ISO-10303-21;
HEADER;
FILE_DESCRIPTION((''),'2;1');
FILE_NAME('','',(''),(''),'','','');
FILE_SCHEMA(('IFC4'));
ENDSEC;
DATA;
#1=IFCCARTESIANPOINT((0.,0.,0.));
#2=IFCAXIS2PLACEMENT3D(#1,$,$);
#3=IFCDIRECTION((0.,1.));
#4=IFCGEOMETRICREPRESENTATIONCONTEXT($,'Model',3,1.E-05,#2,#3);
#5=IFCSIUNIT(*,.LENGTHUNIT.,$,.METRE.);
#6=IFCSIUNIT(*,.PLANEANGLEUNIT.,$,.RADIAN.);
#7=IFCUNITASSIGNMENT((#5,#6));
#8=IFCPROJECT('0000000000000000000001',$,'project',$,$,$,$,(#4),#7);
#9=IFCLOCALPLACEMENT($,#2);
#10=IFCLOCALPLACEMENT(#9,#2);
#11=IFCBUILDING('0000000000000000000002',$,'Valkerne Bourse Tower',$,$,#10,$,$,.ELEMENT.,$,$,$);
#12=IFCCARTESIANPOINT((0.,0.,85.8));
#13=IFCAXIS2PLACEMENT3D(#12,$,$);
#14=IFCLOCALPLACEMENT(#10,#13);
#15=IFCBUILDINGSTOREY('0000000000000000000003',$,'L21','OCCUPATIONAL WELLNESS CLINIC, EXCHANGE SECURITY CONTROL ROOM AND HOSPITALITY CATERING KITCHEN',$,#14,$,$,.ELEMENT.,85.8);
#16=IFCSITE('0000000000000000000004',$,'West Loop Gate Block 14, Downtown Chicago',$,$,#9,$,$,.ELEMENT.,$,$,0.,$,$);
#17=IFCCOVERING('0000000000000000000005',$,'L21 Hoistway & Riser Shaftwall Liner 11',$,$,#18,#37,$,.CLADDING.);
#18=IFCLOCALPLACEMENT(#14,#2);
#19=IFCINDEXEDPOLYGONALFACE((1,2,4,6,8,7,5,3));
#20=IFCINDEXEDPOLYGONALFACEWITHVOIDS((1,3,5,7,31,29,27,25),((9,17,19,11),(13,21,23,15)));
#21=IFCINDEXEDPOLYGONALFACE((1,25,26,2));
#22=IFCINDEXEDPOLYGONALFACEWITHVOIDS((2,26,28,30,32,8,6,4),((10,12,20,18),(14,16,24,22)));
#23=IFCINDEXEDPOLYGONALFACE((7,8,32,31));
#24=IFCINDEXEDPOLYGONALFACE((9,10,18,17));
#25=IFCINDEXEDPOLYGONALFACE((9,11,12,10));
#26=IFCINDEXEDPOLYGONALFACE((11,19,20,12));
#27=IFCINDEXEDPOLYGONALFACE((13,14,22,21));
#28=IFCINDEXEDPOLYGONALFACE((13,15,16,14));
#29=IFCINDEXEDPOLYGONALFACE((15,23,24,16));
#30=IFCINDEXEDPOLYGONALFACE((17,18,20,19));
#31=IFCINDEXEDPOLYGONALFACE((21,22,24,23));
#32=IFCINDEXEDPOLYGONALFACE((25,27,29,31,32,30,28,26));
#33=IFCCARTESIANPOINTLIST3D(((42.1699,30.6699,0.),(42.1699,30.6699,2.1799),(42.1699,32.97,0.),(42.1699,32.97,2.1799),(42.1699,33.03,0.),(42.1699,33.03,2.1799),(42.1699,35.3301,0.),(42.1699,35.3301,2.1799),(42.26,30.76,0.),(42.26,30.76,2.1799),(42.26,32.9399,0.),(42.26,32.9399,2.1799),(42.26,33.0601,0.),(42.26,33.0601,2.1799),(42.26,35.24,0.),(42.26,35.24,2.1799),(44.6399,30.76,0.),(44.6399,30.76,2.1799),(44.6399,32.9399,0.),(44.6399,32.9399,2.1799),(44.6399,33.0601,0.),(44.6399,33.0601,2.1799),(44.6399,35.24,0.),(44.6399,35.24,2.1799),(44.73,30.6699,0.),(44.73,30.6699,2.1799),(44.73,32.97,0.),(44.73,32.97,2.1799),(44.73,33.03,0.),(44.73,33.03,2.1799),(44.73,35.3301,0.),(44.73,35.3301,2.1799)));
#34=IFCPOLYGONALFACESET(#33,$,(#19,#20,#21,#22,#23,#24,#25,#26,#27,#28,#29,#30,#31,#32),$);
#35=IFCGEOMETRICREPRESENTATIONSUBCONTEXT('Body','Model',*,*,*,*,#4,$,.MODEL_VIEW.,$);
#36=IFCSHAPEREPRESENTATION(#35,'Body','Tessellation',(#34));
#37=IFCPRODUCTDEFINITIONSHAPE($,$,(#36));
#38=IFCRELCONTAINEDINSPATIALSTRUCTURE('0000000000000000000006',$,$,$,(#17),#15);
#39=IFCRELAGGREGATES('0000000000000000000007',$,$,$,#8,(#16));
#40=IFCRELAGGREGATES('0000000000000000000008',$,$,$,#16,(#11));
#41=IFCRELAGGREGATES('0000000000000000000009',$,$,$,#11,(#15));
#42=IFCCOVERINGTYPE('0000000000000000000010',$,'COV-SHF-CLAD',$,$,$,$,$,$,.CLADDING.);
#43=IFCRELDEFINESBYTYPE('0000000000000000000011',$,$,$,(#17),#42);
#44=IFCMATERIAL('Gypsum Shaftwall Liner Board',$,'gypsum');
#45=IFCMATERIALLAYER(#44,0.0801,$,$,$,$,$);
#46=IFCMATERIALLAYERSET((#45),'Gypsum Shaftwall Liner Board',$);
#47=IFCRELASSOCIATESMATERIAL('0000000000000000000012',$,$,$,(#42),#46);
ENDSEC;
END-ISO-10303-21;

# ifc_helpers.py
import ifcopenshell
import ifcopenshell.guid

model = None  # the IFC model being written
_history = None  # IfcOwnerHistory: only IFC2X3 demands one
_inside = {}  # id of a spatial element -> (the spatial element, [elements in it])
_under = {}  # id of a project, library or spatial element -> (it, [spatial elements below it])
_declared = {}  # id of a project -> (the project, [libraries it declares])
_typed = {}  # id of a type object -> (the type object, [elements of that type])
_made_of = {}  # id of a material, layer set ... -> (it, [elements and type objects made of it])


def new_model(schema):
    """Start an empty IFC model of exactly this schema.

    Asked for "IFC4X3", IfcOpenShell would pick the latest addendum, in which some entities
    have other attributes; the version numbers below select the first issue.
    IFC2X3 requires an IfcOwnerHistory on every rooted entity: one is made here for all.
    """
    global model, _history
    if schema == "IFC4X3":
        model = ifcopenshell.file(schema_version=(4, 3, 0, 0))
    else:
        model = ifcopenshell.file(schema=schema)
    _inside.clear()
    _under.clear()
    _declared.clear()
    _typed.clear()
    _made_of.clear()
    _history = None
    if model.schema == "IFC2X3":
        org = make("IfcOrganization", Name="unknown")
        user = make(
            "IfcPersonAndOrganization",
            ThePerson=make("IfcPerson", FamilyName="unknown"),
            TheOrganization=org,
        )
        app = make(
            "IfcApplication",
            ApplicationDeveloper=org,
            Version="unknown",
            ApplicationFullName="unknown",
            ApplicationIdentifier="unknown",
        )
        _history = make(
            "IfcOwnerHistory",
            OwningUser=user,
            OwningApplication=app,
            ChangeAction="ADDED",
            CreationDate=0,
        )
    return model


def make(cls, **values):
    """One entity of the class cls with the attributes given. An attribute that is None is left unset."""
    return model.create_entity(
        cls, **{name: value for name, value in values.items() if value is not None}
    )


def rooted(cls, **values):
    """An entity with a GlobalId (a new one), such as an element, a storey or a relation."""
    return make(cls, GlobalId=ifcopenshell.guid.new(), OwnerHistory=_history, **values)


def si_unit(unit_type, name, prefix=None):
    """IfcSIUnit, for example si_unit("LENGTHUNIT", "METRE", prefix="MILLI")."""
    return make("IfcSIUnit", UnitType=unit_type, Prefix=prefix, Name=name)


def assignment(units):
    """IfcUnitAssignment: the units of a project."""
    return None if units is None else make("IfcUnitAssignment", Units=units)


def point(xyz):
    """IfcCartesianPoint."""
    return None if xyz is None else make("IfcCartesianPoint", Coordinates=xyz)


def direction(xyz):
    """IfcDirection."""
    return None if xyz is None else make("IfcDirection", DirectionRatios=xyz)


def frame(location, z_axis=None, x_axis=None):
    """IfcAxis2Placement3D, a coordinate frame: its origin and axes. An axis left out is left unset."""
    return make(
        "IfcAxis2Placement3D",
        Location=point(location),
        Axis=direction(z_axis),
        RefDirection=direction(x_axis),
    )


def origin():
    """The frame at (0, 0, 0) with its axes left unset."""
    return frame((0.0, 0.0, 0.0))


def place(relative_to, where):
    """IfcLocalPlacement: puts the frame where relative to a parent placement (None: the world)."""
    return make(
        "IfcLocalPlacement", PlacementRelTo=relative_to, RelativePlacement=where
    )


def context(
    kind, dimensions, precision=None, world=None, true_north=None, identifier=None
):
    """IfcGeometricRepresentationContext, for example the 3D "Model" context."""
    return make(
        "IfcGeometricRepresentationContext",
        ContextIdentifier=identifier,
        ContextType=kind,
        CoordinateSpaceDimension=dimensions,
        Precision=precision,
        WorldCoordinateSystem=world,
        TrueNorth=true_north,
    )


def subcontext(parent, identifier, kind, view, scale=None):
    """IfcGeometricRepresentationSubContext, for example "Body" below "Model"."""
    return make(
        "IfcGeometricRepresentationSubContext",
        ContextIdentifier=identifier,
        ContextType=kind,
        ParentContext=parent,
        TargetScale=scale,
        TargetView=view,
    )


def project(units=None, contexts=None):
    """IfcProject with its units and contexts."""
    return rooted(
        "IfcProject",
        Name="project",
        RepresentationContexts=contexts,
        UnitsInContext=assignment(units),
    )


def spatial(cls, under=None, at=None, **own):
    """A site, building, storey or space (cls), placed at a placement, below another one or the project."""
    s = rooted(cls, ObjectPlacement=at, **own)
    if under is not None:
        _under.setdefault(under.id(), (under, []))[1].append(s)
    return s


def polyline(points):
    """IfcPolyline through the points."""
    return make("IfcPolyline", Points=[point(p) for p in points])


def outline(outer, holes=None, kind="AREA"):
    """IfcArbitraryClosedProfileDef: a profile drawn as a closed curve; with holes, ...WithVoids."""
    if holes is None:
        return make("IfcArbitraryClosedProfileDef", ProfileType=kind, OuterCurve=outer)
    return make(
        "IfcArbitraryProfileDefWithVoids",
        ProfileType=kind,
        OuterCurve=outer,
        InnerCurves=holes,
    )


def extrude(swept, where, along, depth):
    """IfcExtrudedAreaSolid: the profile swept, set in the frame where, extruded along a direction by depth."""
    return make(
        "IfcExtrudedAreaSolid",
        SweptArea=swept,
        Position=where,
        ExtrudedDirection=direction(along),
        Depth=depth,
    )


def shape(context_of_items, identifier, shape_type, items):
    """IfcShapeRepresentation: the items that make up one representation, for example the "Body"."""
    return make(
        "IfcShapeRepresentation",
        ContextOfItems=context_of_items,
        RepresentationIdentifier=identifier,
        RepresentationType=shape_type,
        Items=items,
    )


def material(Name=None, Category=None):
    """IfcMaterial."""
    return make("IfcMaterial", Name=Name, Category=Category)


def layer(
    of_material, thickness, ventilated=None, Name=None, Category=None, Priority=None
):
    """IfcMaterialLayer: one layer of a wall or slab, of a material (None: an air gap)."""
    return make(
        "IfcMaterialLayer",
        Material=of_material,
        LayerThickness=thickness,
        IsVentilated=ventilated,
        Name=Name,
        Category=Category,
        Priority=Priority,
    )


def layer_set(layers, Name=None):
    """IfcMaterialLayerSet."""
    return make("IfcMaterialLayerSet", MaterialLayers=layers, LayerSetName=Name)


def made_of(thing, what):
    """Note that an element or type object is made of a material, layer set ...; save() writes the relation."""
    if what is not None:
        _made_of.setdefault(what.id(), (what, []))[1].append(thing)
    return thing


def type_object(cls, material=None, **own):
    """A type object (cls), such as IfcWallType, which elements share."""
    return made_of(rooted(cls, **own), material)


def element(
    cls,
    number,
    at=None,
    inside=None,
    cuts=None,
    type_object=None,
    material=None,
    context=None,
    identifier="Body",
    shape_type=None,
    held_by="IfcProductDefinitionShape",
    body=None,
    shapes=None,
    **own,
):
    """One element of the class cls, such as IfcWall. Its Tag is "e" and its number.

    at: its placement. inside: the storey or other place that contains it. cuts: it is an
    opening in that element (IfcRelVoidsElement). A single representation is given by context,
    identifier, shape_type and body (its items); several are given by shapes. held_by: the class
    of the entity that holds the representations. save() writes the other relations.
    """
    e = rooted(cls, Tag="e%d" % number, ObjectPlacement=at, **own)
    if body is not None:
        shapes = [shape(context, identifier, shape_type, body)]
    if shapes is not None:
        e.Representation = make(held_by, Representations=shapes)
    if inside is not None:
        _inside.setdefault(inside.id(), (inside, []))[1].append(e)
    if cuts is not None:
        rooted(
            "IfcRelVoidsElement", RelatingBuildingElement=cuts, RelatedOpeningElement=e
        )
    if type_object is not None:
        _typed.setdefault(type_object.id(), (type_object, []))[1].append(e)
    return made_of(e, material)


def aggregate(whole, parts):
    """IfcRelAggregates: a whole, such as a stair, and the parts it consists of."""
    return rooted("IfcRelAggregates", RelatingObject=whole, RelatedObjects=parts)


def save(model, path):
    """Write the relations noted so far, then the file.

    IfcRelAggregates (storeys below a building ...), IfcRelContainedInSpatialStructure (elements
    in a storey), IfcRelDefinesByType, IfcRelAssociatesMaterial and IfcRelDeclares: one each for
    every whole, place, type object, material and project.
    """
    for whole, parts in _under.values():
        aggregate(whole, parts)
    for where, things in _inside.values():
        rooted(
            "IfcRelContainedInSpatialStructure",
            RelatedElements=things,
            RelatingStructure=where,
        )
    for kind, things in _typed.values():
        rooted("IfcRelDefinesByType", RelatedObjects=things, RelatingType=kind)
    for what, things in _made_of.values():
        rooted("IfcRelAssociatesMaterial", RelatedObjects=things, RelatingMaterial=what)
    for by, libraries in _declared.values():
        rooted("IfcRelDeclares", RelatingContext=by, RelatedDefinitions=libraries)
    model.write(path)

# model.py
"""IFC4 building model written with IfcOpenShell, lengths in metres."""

from ifc_helpers import new_model, si_unit, direction, frame, origin, place, context, subcontext, project, spatial, polyline, outline, extrude, material, layer, layer_set, type_object, element, save


model = new_model("IFC4")

# Units and contexts
model_context = context("Model", 3, precision=1e-05, world=origin(), true_north=direction((0.0, 1.0)))
body_context = subcontext(model_context, "Body", "Model", "MODEL_VIEW")
ifc_project = project(units=[si_unit("LENGTHUNIT", "METRE"), si_unit("PLANEANGLEUNIT", "RADIAN")], contexts=[model_context])

# Site, building, storey
site_placement = place(None, origin())
site = spatial("IfcSite", under=ifc_project, at=site_placement, Name="West Loop Gate Block 14, Downtown Chicago", CompositionType="ELEMENT", RefElevation=0.0)
building_placement = place(site_placement, origin())
building = spatial("IfcBuilding", under=site, at=building_placement, Name="Valkerne Bourse Tower", CompositionType="ELEMENT")
storey_placement = place(building_placement, frame((0.0, 0.0, 85.8)))
storey = spatial("IfcBuildingStorey", under=building, at=storey_placement, Name="L21", Description="OCCUPATIONAL WELLNESS CLINIC, EXCHANGE SECURITY CONTROL ROOM AND HOSPITALITY CATERING KITCHEN", CompositionType="ELEMENT", Elevation=85.8)

# Covering
ifc_material_1 = material(Name="Gypsum Shaftwall Liner Board", Category="gypsum")
ifc_layer_1 = layer(ifc_material_1, 0.0801)
ifc_layer_set_1 = layer_set([ifc_layer_1], Name="Gypsum Shaftwall Liner Board")
covering_type_1 = type_object("IfcCoveringType", Name="COV-SHF-CLAD", PredefinedType="CLADDING", material=ifc_layer_set_1)
covering_1_placement = place(storey_placement, origin())
element("IfcCovering", 1, at=covering_1_placement, inside=storey, type_object=covering_type_1, Name="L21 Hoistway & Riser Shaftwall Liner 11", PredefinedType="CLADDING", context=body_context, shape_type="SweptSolid", body=[
    extrude(outline(polyline([(44.73, 35.3301), (44.73, 33.03), (44.73, 32.97), (44.73, 30.6699), (42.1699, 30.6699), (42.1699, 32.97), (42.1699, 33.03), (42.1699, 35.3301), (44.73, 35.3301)]), holes=[polyline([(42.26, 30.76), (44.6399, 30.76), (44.6399, 32.9399), (42.26, 32.9399), (42.26, 30.76)]), polyline([(42.26, 33.0601), (44.6399, 33.0601), (44.6399, 35.24), (42.26, 35.24), (42.26, 33.0601)])]), origin(), (0.0, 0.0, 1.0), 2.1799),
])

save(model, "model.ifc")
